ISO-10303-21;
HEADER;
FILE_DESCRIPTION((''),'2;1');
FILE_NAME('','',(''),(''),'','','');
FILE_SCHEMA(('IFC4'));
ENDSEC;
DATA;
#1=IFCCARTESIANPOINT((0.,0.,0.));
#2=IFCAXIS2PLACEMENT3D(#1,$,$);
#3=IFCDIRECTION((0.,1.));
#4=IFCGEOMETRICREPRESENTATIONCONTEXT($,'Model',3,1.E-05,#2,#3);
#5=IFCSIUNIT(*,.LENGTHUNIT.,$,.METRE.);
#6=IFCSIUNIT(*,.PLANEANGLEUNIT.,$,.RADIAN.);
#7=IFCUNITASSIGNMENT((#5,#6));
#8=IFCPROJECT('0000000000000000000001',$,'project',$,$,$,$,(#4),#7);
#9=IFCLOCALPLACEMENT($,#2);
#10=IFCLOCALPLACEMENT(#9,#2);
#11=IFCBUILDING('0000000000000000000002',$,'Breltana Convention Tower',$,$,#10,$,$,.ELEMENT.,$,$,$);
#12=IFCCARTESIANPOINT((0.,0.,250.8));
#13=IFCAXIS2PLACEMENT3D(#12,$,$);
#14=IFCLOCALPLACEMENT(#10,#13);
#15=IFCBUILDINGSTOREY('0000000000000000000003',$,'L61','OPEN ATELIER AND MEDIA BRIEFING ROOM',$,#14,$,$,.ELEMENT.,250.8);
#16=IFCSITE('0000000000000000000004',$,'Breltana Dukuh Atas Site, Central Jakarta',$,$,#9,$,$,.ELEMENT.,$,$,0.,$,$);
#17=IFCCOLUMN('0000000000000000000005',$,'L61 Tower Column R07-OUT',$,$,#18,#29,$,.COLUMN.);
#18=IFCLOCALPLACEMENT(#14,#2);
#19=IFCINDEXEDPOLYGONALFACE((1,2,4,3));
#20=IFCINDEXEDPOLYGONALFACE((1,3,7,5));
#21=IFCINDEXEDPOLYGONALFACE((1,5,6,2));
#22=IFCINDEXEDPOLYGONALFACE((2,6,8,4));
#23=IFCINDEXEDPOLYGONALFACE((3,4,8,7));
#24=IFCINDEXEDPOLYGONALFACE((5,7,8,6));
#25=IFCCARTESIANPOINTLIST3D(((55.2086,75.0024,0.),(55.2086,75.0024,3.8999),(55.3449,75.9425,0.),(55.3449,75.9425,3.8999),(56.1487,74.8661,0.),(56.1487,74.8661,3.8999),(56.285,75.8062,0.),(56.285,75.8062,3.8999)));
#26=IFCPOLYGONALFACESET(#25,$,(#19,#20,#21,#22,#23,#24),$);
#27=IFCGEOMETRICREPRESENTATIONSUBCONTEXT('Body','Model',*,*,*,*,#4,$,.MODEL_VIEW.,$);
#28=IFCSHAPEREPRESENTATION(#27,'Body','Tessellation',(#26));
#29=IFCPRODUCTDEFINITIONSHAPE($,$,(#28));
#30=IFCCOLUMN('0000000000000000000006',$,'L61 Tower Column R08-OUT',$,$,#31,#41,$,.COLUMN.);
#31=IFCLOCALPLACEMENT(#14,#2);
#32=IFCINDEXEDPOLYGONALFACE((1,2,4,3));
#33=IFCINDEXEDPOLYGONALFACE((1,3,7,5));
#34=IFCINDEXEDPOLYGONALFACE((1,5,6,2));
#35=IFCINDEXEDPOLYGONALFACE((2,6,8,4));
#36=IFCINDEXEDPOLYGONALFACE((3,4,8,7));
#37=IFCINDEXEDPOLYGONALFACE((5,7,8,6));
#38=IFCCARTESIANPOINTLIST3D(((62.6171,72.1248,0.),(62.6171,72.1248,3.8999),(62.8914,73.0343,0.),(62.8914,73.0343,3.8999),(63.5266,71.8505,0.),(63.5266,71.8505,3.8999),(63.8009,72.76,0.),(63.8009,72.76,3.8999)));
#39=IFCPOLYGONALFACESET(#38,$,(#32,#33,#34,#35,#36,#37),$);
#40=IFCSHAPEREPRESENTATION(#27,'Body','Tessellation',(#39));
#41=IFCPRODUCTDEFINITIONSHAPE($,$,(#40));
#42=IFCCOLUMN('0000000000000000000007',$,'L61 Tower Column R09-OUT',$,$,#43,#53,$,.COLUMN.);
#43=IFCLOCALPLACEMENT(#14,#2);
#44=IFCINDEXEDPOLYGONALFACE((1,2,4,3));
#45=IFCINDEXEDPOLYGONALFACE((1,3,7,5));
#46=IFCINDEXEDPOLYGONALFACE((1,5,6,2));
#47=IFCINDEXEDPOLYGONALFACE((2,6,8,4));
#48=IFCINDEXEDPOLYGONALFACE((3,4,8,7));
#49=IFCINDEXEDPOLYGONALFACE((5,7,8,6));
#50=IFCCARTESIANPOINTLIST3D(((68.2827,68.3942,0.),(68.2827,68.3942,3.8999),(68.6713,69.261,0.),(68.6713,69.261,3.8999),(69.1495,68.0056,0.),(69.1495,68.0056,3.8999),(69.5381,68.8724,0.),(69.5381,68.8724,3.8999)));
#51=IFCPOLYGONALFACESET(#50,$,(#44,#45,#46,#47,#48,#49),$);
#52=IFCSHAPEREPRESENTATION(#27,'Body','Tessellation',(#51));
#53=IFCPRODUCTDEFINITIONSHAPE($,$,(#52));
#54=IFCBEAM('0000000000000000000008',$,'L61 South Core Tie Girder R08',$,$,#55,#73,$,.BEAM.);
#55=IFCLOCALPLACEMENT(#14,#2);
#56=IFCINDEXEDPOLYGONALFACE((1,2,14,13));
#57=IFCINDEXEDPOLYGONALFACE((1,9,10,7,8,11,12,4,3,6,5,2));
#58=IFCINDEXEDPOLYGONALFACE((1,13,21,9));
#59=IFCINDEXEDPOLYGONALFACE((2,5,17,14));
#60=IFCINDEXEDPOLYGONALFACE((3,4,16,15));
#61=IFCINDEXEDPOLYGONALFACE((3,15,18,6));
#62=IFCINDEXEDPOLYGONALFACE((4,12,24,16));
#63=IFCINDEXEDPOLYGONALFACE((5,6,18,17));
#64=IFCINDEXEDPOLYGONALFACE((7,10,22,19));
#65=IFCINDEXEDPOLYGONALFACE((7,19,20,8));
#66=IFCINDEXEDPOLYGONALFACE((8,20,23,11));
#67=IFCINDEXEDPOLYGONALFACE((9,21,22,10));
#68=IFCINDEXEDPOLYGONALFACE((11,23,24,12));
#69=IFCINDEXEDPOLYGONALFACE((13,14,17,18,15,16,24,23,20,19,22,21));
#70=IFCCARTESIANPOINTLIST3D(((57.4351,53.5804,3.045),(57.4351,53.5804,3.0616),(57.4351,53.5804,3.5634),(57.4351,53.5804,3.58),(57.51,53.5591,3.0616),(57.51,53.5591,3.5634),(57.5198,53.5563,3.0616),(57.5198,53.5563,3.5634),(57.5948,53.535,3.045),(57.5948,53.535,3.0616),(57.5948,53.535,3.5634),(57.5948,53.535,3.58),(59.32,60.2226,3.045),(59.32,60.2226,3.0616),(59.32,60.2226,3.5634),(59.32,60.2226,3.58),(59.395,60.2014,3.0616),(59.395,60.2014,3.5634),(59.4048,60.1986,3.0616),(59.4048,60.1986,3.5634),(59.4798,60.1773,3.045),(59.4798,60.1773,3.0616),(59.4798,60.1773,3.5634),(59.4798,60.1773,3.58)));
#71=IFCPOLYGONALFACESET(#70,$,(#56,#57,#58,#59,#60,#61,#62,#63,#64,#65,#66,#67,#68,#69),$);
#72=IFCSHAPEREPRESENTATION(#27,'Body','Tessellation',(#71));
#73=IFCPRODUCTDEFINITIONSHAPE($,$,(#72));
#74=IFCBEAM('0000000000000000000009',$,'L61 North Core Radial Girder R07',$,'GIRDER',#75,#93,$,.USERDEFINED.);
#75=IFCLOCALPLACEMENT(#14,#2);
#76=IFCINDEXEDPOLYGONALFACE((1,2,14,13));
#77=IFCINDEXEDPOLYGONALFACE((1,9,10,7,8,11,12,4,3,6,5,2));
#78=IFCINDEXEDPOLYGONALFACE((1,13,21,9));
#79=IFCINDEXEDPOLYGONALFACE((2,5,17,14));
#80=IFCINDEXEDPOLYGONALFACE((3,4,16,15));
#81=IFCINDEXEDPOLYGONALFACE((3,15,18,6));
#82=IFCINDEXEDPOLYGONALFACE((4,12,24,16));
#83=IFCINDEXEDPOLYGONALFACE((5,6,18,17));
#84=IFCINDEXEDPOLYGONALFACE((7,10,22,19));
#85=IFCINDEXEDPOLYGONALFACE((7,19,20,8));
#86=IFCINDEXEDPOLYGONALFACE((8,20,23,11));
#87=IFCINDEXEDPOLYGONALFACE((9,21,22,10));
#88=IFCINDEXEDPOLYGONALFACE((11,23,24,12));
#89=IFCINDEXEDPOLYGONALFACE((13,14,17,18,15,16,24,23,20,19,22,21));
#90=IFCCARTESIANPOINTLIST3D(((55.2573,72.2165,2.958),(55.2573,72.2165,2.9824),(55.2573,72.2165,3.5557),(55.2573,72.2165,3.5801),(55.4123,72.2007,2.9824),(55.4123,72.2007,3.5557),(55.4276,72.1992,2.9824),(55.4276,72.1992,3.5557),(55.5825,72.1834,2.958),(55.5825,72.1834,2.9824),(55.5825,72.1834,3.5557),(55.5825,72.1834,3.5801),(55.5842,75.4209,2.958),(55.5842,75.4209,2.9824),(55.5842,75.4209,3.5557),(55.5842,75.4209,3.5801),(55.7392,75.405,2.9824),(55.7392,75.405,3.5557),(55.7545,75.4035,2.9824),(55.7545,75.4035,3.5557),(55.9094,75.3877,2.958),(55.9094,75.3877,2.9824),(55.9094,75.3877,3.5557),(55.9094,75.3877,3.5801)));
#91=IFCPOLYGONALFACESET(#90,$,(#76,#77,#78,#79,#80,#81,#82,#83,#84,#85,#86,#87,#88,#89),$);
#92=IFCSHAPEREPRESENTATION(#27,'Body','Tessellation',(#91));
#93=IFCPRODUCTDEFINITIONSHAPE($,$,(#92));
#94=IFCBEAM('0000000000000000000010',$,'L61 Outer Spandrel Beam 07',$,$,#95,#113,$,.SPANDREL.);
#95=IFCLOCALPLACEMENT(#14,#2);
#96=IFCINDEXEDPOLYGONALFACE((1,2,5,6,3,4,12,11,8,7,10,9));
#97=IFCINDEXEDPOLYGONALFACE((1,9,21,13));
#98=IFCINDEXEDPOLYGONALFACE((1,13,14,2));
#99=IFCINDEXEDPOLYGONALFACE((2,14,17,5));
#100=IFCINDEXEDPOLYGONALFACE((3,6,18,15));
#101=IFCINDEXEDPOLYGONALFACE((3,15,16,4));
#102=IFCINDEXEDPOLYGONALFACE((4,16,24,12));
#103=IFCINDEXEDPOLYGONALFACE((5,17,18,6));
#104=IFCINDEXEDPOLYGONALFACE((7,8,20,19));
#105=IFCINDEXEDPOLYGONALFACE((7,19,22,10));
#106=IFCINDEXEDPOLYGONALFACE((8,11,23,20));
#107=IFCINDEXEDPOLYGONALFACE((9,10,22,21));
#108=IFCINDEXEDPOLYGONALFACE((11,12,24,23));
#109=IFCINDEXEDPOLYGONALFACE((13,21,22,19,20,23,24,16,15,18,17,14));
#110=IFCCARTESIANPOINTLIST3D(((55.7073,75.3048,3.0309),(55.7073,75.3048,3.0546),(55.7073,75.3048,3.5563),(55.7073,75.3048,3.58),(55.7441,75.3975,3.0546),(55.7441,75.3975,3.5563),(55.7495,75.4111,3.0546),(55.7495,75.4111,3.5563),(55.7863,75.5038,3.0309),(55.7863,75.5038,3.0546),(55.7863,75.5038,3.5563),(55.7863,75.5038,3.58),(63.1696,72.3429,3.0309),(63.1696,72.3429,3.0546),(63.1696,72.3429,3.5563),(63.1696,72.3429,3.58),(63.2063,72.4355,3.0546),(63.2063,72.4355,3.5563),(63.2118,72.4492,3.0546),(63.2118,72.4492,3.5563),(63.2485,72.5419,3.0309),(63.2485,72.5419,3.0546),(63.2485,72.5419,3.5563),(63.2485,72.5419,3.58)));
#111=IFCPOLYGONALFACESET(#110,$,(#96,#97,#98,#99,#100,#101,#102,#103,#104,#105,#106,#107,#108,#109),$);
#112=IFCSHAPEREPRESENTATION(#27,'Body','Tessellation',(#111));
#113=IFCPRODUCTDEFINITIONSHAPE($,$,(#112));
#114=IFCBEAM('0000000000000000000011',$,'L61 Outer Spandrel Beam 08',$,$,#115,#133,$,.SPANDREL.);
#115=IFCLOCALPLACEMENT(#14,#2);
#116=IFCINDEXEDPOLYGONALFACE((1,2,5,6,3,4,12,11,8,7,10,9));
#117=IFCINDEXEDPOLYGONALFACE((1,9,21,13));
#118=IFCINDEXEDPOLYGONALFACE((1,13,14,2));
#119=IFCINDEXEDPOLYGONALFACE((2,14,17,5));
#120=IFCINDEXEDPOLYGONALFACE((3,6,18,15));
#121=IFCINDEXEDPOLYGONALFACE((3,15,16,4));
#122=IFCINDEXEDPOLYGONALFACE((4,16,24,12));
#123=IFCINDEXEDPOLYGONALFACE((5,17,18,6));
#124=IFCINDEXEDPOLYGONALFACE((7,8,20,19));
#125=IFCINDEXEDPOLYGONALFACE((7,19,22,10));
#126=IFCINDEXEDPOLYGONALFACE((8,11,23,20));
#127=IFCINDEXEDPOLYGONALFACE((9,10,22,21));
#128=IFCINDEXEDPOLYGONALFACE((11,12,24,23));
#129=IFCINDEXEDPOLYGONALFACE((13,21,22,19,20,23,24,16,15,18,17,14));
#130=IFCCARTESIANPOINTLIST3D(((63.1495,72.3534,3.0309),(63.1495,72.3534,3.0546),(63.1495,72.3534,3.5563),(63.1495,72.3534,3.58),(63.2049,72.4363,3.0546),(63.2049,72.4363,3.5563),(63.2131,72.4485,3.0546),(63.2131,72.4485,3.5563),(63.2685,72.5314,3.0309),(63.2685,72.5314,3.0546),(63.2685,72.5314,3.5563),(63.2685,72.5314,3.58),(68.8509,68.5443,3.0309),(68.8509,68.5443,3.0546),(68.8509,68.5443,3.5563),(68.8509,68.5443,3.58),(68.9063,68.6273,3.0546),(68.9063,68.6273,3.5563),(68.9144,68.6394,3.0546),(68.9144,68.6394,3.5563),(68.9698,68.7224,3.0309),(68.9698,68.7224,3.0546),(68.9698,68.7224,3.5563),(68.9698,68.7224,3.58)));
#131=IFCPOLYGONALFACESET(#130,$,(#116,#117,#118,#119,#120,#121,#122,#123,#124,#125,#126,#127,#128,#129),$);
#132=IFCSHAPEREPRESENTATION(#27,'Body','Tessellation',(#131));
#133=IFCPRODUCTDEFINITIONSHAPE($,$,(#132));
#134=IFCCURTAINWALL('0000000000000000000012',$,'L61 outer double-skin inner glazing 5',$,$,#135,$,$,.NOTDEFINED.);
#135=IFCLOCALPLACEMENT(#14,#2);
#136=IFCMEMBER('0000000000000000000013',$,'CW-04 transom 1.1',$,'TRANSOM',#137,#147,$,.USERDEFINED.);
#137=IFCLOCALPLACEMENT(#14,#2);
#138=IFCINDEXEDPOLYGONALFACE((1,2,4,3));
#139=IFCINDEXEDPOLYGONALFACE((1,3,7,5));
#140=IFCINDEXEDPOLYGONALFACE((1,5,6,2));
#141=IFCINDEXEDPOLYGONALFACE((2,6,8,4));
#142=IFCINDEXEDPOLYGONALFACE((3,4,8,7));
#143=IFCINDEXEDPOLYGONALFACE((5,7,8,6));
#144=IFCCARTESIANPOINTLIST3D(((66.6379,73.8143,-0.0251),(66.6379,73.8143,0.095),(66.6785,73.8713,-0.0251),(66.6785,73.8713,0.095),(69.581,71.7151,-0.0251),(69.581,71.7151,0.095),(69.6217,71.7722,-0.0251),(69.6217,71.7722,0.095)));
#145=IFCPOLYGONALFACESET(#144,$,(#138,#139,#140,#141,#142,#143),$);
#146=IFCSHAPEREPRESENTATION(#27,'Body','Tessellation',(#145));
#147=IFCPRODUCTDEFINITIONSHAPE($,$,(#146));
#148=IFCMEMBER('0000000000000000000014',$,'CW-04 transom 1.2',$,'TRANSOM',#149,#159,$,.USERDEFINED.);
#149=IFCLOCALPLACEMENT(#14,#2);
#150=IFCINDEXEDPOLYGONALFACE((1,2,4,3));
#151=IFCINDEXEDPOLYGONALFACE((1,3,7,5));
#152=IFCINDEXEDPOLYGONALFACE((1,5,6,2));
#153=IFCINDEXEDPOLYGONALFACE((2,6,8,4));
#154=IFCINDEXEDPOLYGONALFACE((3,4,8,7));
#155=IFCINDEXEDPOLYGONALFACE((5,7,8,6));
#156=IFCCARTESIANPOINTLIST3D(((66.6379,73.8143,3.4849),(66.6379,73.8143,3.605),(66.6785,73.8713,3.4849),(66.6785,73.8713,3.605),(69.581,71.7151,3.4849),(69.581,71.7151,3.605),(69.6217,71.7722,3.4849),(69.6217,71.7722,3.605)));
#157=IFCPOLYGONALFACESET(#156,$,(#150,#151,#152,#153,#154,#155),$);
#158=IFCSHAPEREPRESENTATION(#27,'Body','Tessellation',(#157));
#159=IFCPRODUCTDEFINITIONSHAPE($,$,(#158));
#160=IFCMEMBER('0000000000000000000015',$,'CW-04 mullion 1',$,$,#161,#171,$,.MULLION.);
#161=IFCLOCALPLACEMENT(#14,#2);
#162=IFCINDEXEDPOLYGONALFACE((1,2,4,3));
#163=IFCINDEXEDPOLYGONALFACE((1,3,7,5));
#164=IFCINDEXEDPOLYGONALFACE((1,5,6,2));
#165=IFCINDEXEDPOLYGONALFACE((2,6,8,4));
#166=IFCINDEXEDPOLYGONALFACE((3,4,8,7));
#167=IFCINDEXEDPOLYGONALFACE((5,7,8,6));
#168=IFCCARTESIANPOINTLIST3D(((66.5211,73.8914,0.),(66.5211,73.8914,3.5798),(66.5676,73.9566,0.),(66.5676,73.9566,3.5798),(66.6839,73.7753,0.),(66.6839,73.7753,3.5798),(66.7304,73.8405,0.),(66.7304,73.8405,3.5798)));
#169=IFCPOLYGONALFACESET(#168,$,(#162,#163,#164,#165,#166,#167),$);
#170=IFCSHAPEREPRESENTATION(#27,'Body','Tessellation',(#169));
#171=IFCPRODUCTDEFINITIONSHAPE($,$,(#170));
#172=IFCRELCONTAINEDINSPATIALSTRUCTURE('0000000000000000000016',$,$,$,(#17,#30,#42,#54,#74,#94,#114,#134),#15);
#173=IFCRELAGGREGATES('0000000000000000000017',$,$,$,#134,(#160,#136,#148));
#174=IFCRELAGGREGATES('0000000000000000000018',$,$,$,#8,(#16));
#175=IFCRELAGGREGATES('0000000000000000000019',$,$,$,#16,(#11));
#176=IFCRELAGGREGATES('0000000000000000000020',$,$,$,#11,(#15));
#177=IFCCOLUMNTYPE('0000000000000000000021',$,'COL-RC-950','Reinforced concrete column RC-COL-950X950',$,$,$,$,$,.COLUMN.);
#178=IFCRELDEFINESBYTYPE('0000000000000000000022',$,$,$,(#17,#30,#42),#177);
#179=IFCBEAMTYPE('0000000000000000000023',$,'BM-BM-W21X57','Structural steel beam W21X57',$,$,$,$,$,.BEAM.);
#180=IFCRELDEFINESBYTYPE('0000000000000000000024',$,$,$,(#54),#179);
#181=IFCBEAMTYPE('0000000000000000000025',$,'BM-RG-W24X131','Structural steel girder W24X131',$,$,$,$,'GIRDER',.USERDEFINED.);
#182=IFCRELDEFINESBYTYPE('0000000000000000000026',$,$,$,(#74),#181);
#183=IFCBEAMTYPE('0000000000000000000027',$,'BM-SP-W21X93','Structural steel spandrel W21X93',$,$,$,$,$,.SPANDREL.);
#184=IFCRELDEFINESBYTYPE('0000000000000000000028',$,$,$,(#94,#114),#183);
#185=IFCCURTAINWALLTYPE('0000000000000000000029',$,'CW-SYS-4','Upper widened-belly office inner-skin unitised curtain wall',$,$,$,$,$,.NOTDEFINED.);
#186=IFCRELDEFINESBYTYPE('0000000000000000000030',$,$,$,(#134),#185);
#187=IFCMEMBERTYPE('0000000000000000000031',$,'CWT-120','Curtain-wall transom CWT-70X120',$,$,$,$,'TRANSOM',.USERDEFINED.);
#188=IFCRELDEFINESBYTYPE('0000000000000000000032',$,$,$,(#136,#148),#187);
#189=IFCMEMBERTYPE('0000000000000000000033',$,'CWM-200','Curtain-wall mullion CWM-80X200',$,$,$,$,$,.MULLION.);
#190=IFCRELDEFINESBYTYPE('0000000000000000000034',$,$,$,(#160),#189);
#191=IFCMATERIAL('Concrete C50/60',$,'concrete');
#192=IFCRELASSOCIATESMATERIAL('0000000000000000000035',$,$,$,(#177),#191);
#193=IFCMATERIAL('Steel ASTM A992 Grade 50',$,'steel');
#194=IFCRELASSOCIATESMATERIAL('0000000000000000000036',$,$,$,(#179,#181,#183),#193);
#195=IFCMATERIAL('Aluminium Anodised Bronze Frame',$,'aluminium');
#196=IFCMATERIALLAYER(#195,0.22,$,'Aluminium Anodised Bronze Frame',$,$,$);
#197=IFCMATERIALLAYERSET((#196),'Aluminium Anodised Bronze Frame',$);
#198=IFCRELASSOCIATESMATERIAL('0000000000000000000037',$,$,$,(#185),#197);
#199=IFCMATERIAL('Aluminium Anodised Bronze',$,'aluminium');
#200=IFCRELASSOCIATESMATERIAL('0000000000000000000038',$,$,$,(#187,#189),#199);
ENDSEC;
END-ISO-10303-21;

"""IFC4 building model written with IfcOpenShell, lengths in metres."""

from ifc_helpers import new_model, si_unit, direction, frame, origin, origin_2d, place, context, subcontext, project, spatial, rectangle, i_section, extrude, source, transform, mapped, material, layer, layer_set, material_profile, profile_set, type_object, type_shapes, element, aggregate, save


model = new_model("IFC4")

# Units and contexts
model_context = context("Model", 3, precision=1e-05, world=origin(), true_north=direction((0.0, 1.0)))
body_context = subcontext(model_context, "Body", "Model", "MODEL_VIEW")
ifc_project = project(units=[si_unit("LENGTHUNIT", "METRE"), si_unit("PLANEANGLEUNIT", "RADIAN")], contexts=[model_context])

# Site, building, storey
site_placement = place(None, origin())
site = spatial("IfcSite", under=ifc_project, at=site_placement, Name="Breltana Dukuh Atas Site, Central Jakarta", CompositionType="ELEMENT", RefElevation=0.0)
building_placement = place(site_placement, origin())
building = spatial("IfcBuilding", under=site, at=building_placement, Name="Breltana Convention Tower", CompositionType="ELEMENT")
storey_placement = place(building_placement, frame((0.0, 0.0, 250.8)))
storey = spatial("IfcBuildingStorey", under=building, at=storey_placement, Name="L61", Description="OPEN ATELIER AND MEDIA BRIEFING ROOM", CompositionType="ELEMENT", Elevation=250.8)

# Columns
ifc_material_1 = material(Name="Concrete C50/60", Category="concrete")
ifc_material_profile_1 = material_profile(ifc_material_1, rectangle(XDim=0.95, YDim=0.95, at=origin_2d()), Name="RC-COL-950X950")
ifc_profile_set_1 = profile_set([ifc_material_profile_1], Name="Concrete C50/60")
column_type = type_object("IfcColumnType", Name="COL-RC-950", Description="Reinforced concrete column RC-COL-950X950", PredefinedType="COLUMN", material=ifc_profile_set_1)
shared_shape_1 = source(origin(), body_context, "Body", "SweptSolid", [
    extrude(rectangle(XDim=0.95, YDim=0.95, at=origin_2d()), origin(), (0.0, 0.0, 1.0), 3.8999),
])
for number, where, z_axis, x_axis, name in (
    (1, (55.7468, 75.4043, 0.0), (0.0, 0.0, 1.0), (0.143493, 0.989651, 0.0), "L61 Tower Column R07-OUT"),
    (2, (63.209, 72.4424, 0.0), (0.0, 0.0, 1.0), (0.288698, 0.95742, 0.0), "L61 Tower Column R08-OUT"),
    (3, (68.9104, 68.6333, 0.0), (0.0, 0.0, 1.0), (0.409127, 0.912477, 0.0), "L61 Tower Column R09-OUT"),
):
    element("IfcColumn", number, at=place(storey_placement, frame(where, z_axis=z_axis, x_axis=x_axis)), inside=storey, type_object=column_type, Name=name, PredefinedType="COLUMN", context=body_context, shape_type="MappedRepresentation", body=[
        mapped(shared_shape_1, transform((0.0, 0.0, 0.0), scale=1.0)),
    ])

# Beams
ifc_material_2 = material(Name="Steel ASTM A992 Grade 50", Category="steel")
ifc_material_profile_2 = material_profile(ifc_material_2, i_section(OverallWidth=0.166, OverallDepth=0.5349, WebThickness=0.0103, FlangeThickness=0.0166, at=origin_2d()), Name="W21X57")
ifc_profile_set_2 = profile_set([ifc_material_profile_2], Name="Steel ASTM A992 Grade 50")
beam_type_1 = type_object("IfcBeamType", Name="BM-BM-W21X57", Description="Structural steel beam W21X57", PredefinedType="BEAM", material=ifc_profile_set_2)
shared_shape_2 = source(origin(), body_context, "Body", "SweptSolid", [
    extrude(i_section(OverallWidth=0.166, OverallDepth=0.5349, WebThickness=0.0103, FlangeThickness=0.0166, at=origin_2d()), origin(), (0.0, 0.0, 1.0), 6.9045),
])
type_shapes(beam_type_1, [shared_shape_2])
beam_1_placement = place(storey_placement, frame((59.3999, 60.2, 3.3125), z_axis=(-0.273007, -0.962012, 0.0), x_axis=(0.962012, -0.273007, 0.0)))
element("IfcBeam", 4, at=beam_1_placement, inside=storey, type_object=beam_type_1, Name="L61 South Core Tie Girder R08", PredefinedType="BEAM", context=body_context, shape_type="MappedRepresentation", body=[
    mapped(shared_shape_2, transform((0.0, 0.0, 0.0), scale=1.0)),
])
ifc_material_profile_3 = material_profile(ifc_material_2, i_section(OverallWidth=0.3269, OverallDepth=0.6221, WebThickness=0.0154, FlangeThickness=0.0244, at=origin_2d()), Name="W24X131")
ifc_profile_set_3 = profile_set([ifc_material_profile_3], Name="Steel ASTM A992 Grade 50")
beam_type_2 = type_object("IfcBeamType", Name="BM-RG-W24X131", Description="Structural steel girder W24X131", ElementType="GIRDER", PredefinedType="USERDEFINED", material=ifc_profile_set_3)
shared_shape_3 = source(origin(), body_context, "Body", "SweptSolid", [
    extrude(i_section(OverallWidth=0.3269, OverallDepth=0.6221, WebThickness=0.0154, FlangeThickness=0.0244, at=origin_2d()), origin(), (0.0, 0.0, 1.0), 3.2209),
])
beam_2_placement = place(storey_placement, frame((55.4199, 72.2, 3.269), z_axis=(0.101492, 0.994836, 0.0), x_axis=(-0.994836, 0.101492, 0.0)))
element("IfcBeam", 5, at=beam_2_placement, inside=storey, type_object=beam_type_2, Name="L61 North Core Radial Girder R07", ObjectType="GIRDER", PredefinedType="USERDEFINED", context=body_context, shape_type="MappedRepresentation", body=[
    mapped(shared_shape_3, transform((0.0, 0.0, 0.0), scale=1.0)),
])
ifc_material_profile_4 = material_profile(ifc_material_2, i_section(OverallWidth=0.2141, OverallDepth=0.5491, WebThickness=0.0146, FlangeThickness=0.0237, at=origin_2d()), Name="W21X93")
ifc_profile_set_4 = profile_set([ifc_material_profile_4], Name="Steel ASTM A992 Grade 50")
beam_type_3 = type_object("IfcBeamType", Name="BM-SP-W21X93", Description="Structural steel spandrel W21X93", PredefinedType="SPANDREL", material=ifc_profile_set_4)
shared_shape_4 = source(origin(), body_context, "Body", "SweptSolid", [
    extrude(i_section(OverallWidth=0.2141, OverallDepth=0.5491, WebThickness=0.0146, FlangeThickness=0.0237, at=origin_2d()), origin(), (0.0, 0.0, 1.0), 8.0286),
])
beam_3_placement = place(storey_placement, frame((55.7468, 75.4043, 3.3054), z_axis=(0.929459, -0.368925, 0.0), x_axis=(0.368925, 0.929459, 0.0)))
element("IfcBeam", 6, at=beam_3_placement, inside=storey, type_object=beam_type_3, Name="L61 Outer Spandrel Beam 07", PredefinedType="SPANDREL", context=body_context, shape_type="MappedRepresentation", body=[
    mapped(shared_shape_4, transform((0.0, 0.0, 0.0), scale=1.0)),
])
shared_shape_5 = source(origin(), body_context, "Body", "SweptSolid", [
    extrude(i_section(OverallWidth=0.2141, OverallDepth=0.5491, WebThickness=0.0146, FlangeThickness=0.0237, at=origin_2d()), origin(), (0.0, 0.0, 1.0), 6.8567),
])
beam_4_placement = place(storey_placement, frame((63.209, 72.4424, 3.3054), z_axis=(0.831502, -0.555522, 0.0), x_axis=(0.555522, 0.831502, 0.0)))
element("IfcBeam", 7, at=beam_4_placement, inside=storey, type_object=beam_type_3, Name="L61 Outer Spandrel Beam 08", PredefinedType="SPANDREL", context=body_context, shape_type="MappedRepresentation", body=[
    mapped(shared_shape_5, transform((0.0, 0.0, 0.0), scale=1.0)),
])

# Curtain wall, members
ifc_material_3 = material(Name="Aluminium Anodised Bronze Frame", Category="aluminium")
ifc_layer_1 = layer(ifc_material_3, 0.22, Name="Aluminium Anodised Bronze Frame")
ifc_layer_set_1 = layer_set([ifc_layer_1], Name="Aluminium Anodised Bronze Frame")
curtain_wall_type = type_object("IfcCurtainWallType", Name="CW-SYS-4", Description="Upper widened-belly office inner-skin unitised curtain wall", PredefinedType="NOTDEFINED", material=ifc_layer_set_1)
curtain_wall_placement = place(storey_placement, origin())
curtain_wall = element("IfcCurtainWall", 8, at=curtain_wall_placement, inside=storey, type_object=curtain_wall_type, Name="L61 outer double-skin inner glazing 5", PredefinedType="NOTDEFINED")
ifc_material_4 = material(Name="Aluminium Anodised Bronze", Category="aluminium")
ifc_material_profile_5 = material_profile(ifc_material_4, rectangle(XDim=0.0701, YDim=0.1201, at=origin_2d()), Name="CWT-70X120")
ifc_profile_set_5 = profile_set([ifc_material_profile_5], Name="Aluminium Anodised Bronze")
member_type_1 = type_object("IfcMemberType", Name="CWT-120", Description="Curtain-wall transom CWT-70X120", ElementType="TRANSOM", PredefinedType="USERDEFINED", material=ifc_profile_set_5)
shared_shape_6 = source(origin(), body_context, "Body", "SweptSolid", [
    extrude(rectangle(XDim=0.0701, YDim=0.1201, at=origin_2d()), origin(), (0.0, 0.0, 1.0), 3.615),
])
member_1_placement = place(storey_placement, frame((66.6582, 73.8428, 0.0349), z_axis=(0.814139, -0.580669, 0.0), x_axis=(0.580669, 0.814139, 0.0)))
member_1 = element("IfcMember", 9, at=member_1_placement, type_object=member_type_1, Name="CW-04 transom 1.1", ObjectType="TRANSOM", PredefinedType="USERDEFINED", context=body_context, shape_type="MappedRepresentation", body=[
    mapped(shared_shape_6, transform((0.0, 0.0, 0.0), scale=1.0)),
])
member_2_placement = place(storey_placement, frame((66.6582, 73.8428, 3.5449), z_axis=(0.814139, -0.580669, 0.0), x_axis=(0.580669, 0.814139, 0.0)))
member_2 = element("IfcMember", 10, at=member_2_placement, type_object=member_type_1, Name="CW-04 transom 1.2", ObjectType="TRANSOM", PredefinedType="USERDEFINED", context=body_context, shape_type="MappedRepresentation", body=[
    mapped(shared_shape_6, transform((0.0, 0.0, 0.0), scale=1.0)),
])
ifc_material_profile_6 = material_profile(ifc_material_4, rectangle(XDim=0.0801, YDim=0.2, at=origin_2d()), Name="CWM-80X200")
ifc_profile_set_6 = profile_set([ifc_material_profile_6], Name="Aluminium Anodised Bronze")
member_type_2 = type_object("IfcMemberType", Name="CWM-200", Description="Curtain-wall mullion CWM-80X200", PredefinedType="MULLION", material=ifc_profile_set_6)
shared_shape_7 = source(origin(), body_context, "Body", "SweptSolid", [
    extrude(rectangle(XDim=0.0801, YDim=0.2, at=origin_2d()), origin(), (0.0, 0.0, 1.0), 3.5798),
])
member_3_placement = place(storey_placement, frame((66.6257, 73.866, 0.0), z_axis=(0.0, 0.0, 1.0), x_axis=(0.580662, 0.814145, 0.0)))
member_3 = element("IfcMember", 11, at=member_3_placement, type_object=member_type_2, Name="CW-04 mullion 1", PredefinedType="MULLION", context=body_context, shape_type="MappedRepresentation", body=[
    mapped(shared_shape_7, transform((0.0, 0.0, 0.0), scale=1.0)),
])
aggregate(curtain_wall, [member_3, member_1, member_2])

save(model, "model.ifc")
